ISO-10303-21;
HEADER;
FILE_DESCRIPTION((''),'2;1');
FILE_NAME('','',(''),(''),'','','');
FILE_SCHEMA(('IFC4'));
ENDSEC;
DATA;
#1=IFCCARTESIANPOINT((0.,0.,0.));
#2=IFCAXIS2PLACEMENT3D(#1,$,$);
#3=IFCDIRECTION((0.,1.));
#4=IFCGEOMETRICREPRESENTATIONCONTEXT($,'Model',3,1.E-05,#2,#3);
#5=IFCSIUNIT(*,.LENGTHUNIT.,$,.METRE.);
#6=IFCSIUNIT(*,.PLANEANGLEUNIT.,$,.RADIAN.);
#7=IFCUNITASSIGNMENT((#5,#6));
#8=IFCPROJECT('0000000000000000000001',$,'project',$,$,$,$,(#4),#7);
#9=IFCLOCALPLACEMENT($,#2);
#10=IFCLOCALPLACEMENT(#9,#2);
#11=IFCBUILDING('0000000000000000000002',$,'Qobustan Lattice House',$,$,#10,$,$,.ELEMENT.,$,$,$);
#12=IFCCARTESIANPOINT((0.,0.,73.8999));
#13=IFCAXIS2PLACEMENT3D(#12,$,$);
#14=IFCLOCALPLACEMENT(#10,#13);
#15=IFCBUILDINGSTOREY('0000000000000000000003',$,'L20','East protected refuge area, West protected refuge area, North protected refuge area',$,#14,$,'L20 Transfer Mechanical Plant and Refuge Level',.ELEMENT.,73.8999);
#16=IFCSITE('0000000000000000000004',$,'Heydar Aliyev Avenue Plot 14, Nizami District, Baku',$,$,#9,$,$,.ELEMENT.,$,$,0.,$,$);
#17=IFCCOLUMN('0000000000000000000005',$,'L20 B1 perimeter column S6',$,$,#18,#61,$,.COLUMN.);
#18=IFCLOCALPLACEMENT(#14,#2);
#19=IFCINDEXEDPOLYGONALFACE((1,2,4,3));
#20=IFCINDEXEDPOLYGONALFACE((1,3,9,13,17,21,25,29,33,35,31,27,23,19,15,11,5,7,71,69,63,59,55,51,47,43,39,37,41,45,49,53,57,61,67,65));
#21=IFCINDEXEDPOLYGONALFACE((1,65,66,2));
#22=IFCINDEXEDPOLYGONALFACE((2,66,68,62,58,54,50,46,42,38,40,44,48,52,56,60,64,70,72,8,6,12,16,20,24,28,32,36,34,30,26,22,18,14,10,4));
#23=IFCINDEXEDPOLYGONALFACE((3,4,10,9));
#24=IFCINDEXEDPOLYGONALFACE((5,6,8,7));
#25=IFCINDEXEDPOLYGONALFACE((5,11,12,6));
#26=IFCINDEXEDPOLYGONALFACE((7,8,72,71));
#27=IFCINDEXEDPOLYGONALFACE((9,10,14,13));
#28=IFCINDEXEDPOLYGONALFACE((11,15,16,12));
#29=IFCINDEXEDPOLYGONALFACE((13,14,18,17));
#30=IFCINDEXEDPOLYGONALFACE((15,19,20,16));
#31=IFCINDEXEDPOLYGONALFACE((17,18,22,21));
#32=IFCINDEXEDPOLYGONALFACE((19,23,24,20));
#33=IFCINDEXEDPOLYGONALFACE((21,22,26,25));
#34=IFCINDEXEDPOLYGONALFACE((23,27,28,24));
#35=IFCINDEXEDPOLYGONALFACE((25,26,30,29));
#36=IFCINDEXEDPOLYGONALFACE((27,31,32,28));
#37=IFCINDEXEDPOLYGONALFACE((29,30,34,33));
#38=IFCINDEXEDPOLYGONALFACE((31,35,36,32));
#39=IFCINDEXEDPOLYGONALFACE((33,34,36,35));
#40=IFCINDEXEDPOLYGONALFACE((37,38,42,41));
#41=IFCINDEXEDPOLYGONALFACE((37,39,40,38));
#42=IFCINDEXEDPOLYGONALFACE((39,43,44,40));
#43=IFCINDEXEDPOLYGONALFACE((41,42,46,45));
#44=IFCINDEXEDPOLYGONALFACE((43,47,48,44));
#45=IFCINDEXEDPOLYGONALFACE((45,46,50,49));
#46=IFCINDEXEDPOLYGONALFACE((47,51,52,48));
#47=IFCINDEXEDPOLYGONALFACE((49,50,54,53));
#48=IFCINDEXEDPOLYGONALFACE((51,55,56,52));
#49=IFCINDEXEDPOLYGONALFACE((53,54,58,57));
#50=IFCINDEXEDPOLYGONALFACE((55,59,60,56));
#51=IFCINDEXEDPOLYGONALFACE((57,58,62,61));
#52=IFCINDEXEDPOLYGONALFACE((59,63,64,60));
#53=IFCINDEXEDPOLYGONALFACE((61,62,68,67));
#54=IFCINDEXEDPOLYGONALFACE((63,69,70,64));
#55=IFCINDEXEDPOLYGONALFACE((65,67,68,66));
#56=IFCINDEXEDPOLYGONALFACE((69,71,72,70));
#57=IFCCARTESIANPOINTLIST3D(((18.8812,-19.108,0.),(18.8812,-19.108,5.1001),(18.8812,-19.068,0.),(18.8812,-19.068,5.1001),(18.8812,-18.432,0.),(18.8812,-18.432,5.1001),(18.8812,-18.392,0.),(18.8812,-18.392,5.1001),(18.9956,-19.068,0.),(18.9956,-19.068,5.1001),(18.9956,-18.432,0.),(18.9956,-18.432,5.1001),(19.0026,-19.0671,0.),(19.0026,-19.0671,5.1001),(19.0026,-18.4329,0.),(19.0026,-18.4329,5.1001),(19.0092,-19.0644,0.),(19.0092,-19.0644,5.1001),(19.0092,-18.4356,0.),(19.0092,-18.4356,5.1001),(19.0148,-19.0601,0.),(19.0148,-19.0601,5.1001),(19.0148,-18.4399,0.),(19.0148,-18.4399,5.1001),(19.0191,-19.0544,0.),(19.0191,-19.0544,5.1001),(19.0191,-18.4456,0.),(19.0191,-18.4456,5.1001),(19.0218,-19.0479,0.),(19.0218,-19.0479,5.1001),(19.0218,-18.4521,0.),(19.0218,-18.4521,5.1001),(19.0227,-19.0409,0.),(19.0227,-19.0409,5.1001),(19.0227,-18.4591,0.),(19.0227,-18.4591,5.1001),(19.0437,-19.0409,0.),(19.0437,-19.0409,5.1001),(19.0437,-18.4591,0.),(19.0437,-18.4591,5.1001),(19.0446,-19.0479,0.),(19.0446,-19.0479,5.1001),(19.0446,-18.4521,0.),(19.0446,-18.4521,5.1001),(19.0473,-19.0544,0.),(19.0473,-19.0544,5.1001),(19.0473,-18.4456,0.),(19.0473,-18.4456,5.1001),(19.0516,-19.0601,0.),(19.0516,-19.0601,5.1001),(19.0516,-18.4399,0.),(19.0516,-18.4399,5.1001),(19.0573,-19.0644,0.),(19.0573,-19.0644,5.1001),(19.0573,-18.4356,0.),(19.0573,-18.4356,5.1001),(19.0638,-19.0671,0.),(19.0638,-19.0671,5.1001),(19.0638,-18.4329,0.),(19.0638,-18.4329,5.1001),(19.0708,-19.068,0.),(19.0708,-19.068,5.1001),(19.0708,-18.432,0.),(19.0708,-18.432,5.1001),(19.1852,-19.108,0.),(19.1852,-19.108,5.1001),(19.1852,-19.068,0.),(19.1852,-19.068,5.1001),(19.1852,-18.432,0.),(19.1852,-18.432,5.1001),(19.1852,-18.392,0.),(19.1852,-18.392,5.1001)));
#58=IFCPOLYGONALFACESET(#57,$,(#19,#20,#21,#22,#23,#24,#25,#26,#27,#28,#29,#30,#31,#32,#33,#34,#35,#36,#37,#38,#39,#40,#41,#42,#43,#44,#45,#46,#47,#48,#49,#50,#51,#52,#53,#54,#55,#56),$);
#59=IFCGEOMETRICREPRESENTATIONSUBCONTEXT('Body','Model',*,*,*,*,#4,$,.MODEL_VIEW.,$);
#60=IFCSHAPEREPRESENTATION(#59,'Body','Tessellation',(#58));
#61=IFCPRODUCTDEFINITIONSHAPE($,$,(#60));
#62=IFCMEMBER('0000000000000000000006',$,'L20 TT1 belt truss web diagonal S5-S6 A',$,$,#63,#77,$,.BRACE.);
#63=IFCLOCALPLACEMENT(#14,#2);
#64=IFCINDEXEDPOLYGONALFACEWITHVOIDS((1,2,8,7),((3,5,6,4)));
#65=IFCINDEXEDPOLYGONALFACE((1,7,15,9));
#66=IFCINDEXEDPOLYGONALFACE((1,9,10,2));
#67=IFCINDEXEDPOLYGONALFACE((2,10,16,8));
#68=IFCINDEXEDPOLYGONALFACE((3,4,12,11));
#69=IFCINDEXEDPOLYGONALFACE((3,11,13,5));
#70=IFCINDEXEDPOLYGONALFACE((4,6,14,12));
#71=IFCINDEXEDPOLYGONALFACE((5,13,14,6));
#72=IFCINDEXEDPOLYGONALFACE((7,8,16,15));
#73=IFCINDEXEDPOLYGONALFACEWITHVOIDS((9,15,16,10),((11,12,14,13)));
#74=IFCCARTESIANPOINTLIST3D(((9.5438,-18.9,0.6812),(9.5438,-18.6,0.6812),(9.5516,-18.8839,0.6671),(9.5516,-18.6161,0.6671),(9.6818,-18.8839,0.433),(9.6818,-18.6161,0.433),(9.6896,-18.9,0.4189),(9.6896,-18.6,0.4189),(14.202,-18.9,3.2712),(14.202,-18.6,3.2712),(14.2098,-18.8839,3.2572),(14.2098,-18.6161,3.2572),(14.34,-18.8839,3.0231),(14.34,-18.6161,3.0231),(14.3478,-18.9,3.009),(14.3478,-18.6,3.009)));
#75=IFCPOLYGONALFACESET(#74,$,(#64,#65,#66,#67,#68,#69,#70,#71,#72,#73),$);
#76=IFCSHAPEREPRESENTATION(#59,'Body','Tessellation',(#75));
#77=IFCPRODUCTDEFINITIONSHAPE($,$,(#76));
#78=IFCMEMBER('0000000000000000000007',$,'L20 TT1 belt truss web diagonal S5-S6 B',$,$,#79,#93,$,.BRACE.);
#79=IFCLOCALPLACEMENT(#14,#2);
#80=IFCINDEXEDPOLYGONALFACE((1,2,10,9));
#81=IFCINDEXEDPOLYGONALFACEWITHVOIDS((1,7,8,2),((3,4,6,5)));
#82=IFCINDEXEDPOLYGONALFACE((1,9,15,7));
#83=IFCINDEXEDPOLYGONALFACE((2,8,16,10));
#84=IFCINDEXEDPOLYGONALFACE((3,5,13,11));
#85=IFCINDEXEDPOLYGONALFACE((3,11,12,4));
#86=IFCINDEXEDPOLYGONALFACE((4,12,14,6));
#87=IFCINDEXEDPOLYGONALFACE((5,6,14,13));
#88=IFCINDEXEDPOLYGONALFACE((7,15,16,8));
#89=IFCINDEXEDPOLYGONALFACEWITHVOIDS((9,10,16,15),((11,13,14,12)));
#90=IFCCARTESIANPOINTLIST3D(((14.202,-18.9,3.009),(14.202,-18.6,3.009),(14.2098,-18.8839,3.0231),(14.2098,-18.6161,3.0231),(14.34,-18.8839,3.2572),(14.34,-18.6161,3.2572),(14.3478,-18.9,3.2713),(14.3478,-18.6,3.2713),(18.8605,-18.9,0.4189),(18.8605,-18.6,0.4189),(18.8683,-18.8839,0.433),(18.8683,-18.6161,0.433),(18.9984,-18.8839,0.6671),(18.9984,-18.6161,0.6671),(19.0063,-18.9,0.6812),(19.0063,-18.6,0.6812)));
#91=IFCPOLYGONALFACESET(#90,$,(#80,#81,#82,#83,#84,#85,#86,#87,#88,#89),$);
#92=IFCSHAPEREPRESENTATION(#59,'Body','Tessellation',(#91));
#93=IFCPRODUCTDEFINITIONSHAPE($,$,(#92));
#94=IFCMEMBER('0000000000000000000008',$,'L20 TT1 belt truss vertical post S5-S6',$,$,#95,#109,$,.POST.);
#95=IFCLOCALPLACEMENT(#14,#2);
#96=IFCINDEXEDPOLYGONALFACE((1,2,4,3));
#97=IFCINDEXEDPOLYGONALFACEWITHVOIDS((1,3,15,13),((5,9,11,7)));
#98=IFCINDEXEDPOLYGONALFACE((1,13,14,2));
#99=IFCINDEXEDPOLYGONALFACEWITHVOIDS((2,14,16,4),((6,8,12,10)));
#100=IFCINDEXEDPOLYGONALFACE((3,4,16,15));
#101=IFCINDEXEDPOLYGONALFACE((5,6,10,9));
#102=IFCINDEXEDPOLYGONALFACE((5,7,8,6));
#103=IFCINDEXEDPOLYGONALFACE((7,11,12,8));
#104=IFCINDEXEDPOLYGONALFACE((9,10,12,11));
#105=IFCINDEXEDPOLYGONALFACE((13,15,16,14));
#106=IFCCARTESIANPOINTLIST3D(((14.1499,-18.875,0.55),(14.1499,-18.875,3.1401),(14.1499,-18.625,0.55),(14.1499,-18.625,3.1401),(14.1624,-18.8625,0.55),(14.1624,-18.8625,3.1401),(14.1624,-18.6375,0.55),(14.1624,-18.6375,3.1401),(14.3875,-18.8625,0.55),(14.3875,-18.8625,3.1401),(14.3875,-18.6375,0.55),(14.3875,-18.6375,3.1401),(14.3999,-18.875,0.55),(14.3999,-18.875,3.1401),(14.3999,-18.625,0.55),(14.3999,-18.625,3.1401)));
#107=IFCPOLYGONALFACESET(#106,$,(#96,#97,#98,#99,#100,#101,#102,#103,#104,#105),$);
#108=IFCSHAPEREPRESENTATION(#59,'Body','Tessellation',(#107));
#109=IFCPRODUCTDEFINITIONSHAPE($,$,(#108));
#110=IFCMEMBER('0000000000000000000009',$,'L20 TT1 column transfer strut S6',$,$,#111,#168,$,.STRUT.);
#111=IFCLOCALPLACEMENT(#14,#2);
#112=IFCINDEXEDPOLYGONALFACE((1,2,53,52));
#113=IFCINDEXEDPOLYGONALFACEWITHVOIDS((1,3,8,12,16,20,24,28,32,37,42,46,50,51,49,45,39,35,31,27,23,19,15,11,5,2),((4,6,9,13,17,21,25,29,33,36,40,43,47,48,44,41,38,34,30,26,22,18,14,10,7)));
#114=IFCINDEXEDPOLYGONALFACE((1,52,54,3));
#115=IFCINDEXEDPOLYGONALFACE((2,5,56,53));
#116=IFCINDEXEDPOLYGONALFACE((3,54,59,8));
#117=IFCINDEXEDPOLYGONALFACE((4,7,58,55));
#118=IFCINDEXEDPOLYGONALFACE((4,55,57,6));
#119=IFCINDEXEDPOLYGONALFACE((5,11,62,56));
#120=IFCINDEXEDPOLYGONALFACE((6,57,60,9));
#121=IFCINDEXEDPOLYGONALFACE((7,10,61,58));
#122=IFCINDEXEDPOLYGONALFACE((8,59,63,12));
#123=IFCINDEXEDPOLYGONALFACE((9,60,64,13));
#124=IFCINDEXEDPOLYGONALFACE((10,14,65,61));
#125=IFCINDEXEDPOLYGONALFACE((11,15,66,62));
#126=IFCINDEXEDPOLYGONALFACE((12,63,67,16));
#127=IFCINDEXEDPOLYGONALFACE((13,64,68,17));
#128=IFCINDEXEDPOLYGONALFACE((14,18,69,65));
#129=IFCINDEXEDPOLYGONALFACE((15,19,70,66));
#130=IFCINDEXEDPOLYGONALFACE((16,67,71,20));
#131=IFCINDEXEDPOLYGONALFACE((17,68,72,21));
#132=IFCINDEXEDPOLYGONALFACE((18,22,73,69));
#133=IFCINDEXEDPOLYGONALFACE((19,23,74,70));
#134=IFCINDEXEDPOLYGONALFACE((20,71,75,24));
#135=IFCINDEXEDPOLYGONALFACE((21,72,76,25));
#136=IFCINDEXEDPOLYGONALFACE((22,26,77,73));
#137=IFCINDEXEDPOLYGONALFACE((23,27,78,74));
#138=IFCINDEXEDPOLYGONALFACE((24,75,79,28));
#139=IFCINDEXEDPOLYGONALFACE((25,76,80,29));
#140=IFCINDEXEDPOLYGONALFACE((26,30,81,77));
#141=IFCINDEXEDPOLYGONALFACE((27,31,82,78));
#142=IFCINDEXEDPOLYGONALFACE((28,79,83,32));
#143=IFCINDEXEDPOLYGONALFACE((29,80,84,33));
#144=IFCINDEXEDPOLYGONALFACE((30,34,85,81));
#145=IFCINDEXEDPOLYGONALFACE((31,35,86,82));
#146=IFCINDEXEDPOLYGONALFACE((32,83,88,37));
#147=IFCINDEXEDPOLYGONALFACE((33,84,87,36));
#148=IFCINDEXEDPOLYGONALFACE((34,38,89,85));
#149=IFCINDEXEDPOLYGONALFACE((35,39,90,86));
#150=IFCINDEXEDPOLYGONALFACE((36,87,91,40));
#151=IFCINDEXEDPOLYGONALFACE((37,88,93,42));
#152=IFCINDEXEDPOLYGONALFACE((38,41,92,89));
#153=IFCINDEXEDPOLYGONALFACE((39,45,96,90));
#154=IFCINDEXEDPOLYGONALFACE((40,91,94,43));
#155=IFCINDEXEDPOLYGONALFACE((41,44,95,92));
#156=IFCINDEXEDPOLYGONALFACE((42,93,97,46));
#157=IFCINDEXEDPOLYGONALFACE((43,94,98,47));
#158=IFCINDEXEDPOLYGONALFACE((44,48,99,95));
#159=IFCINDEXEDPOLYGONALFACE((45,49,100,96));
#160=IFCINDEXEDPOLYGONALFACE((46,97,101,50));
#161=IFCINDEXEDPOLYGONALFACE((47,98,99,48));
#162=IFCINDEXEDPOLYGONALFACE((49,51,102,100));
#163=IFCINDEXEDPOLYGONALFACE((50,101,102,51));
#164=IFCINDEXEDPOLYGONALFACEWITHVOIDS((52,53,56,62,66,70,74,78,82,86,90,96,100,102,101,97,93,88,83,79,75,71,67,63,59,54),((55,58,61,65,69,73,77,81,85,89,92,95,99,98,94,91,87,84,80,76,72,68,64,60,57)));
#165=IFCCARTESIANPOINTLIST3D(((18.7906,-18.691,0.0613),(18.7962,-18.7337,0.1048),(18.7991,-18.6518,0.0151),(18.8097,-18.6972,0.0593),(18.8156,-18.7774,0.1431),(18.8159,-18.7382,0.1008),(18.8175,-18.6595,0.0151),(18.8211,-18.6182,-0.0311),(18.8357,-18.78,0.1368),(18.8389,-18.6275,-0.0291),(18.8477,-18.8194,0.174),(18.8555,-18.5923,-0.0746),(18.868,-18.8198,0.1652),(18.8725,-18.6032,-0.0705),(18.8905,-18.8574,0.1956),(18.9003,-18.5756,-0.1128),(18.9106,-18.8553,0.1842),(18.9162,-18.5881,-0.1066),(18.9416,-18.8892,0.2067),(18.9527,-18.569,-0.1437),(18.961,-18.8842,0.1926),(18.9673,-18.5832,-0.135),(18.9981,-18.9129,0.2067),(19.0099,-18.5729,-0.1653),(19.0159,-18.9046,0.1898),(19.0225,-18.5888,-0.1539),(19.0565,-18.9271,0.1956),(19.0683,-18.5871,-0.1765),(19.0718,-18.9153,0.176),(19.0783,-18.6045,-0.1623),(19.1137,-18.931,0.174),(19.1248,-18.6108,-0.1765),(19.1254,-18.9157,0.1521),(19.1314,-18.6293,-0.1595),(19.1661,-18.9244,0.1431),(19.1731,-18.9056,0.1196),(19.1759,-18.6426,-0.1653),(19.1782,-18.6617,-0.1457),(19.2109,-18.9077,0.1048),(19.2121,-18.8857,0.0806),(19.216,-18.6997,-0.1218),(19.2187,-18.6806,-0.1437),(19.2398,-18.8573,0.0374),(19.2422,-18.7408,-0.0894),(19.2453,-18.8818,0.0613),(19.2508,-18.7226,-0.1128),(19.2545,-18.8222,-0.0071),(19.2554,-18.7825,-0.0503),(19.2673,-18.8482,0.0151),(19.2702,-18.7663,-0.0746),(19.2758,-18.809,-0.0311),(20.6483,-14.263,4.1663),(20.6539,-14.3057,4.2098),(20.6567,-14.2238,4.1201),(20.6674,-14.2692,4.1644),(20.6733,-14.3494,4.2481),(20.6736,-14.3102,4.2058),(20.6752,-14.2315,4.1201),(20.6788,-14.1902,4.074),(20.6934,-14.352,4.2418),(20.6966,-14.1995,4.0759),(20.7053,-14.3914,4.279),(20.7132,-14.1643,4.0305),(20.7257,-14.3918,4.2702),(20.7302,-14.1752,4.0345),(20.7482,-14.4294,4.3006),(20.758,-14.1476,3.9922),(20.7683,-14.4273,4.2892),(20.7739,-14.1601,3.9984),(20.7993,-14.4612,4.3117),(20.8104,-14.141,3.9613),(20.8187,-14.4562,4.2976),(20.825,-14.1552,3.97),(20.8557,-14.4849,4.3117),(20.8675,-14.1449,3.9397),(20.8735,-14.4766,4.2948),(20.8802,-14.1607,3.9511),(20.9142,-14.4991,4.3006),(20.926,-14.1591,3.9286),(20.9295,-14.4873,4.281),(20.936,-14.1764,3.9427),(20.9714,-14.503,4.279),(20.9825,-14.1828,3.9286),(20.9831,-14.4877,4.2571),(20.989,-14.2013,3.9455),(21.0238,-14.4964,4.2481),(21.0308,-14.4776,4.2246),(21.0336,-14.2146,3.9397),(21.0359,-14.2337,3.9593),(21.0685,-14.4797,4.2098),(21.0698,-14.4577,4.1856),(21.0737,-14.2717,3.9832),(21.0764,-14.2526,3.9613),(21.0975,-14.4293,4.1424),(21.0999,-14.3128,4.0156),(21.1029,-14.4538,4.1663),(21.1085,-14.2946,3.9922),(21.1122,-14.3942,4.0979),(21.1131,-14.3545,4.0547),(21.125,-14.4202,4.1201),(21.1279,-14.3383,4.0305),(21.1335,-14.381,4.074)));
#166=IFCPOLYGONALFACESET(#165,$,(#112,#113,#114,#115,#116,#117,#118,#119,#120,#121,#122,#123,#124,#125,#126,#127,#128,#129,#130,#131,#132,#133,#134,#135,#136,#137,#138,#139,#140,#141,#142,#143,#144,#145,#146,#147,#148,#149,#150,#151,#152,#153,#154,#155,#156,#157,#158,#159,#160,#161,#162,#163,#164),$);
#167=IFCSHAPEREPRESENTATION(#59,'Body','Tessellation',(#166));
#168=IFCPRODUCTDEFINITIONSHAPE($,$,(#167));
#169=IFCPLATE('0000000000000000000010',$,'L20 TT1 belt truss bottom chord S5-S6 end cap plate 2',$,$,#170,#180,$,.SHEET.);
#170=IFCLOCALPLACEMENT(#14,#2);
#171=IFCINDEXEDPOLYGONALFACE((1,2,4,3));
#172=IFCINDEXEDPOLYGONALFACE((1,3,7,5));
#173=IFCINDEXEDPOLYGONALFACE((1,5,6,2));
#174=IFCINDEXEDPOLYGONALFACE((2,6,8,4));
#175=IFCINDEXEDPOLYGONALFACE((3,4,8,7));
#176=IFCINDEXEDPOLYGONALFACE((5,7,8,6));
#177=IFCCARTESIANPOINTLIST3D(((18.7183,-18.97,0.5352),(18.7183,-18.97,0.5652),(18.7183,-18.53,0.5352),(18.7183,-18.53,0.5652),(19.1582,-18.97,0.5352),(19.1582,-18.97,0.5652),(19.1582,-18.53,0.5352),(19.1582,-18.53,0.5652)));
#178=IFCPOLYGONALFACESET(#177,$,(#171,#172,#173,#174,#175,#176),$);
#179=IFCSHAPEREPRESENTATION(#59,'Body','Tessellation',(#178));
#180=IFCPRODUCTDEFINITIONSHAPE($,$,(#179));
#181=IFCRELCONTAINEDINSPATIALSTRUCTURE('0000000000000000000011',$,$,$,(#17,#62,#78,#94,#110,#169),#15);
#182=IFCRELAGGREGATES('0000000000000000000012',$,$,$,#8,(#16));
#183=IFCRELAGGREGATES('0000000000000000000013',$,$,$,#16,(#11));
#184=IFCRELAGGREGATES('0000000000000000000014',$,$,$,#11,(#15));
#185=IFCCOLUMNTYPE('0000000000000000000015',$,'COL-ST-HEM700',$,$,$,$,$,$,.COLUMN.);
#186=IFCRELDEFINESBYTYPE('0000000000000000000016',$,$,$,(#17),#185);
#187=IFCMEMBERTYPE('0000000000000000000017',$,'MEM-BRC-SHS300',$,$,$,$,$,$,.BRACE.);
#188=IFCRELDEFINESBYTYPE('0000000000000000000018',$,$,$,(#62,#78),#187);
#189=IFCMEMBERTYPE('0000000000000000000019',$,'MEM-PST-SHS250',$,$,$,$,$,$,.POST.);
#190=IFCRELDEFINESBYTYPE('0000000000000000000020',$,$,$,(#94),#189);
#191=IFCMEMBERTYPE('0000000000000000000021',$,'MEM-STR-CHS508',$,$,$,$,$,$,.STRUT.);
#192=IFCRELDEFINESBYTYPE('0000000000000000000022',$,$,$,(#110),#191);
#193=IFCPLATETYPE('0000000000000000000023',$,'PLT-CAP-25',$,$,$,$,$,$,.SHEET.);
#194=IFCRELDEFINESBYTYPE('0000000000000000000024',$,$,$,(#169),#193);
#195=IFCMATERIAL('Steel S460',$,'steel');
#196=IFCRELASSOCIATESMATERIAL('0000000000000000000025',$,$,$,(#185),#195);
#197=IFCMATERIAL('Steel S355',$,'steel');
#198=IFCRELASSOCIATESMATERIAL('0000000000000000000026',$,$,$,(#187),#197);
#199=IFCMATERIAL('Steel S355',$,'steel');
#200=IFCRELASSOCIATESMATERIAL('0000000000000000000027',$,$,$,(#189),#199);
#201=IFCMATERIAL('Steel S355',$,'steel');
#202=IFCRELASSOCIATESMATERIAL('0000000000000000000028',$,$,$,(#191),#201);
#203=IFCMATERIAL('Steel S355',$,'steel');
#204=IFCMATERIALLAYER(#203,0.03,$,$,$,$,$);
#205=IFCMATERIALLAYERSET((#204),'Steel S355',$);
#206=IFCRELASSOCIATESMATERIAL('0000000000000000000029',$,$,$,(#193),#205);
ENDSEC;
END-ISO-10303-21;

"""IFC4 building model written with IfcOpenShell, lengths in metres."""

from ifc_helpers import new_model, si_unit, direction, frame, origin, origin_2d, place, context, subcontext, project, spatial, rectangle, hollow_rectangle, hollow_circle, i_section, extrude, material, layer, layer_set, material_profile, profile_set, type_object, element, save


model = new_model("IFC4")

# Units and contexts
model_context = context("Model", 3, precision=1e-05, world=origin(), true_north=direction((0.0, 1.0)))
body_context = subcontext(model_context, "Body", "Model", "MODEL_VIEW")
ifc_project = project(units=[si_unit("LENGTHUNIT", "METRE"), si_unit("PLANEANGLEUNIT", "RADIAN")], contexts=[model_context])

# Site, building, storey
site_placement = place(None, origin())
site = spatial("IfcSite", under=ifc_project, at=site_placement, Name="Heydar Aliyev Avenue Plot 14, Nizami District, Baku", CompositionType="ELEMENT", RefElevation=0.0)
building_placement = place(site_placement, origin())
building = spatial("IfcBuilding", under=site, at=building_placement, Name="Qobustan Lattice House", CompositionType="ELEMENT")
storey_placement = place(building_placement, frame((0.0, 0.0, 73.8999)))
storey = spatial("IfcBuildingStorey", under=building, at=storey_placement, Name="L20", Description="East protected refuge area, West protected refuge area, North protected refuge area", LongName="L20 Transfer Mechanical Plant and Refuge Level", CompositionType="ELEMENT", Elevation=73.8999)

# Column
ifc_material_1 = material(Name="Steel S460", Category="steel")
ifc_material_profile_1 = material_profile(ifc_material_1, i_section(OverallWidth=0.304, OverallDepth=0.7161, WebThickness=0.021, FlangeThickness=0.04, FilletRadius=0.0271, at=origin_2d()), Name="HEM700")
ifc_profile_set_1 = profile_set([ifc_material_profile_1], Name="Steel S460")
column_type = type_object("IfcColumnType", Name="COL-ST-HEM700", PredefinedType="COLUMN", material=ifc_profile_set_1)
column_placement = place(storey_placement, frame((19.0332, -18.75, 0.0), z_axis=(0.0, 0.0, 1.0), x_axis=(1.0, 0.0, 0.0)))
element("IfcColumn", 1, at=column_placement, inside=storey, type_object=column_type, Name="L20 B1 perimeter column S6", PredefinedType="COLUMN", context=body_context, shape_type="SweptSolid", body=[
    extrude(i_section(OverallWidth=0.304, OverallDepth=0.7161, WebThickness=0.021, FlangeThickness=0.04, FilletRadius=0.0271, at=origin_2d()), origin(), (0.0, 0.0, 1.0), 5.1001),
])

# Members
ifc_material_2 = material(Name="Steel S355", Category="steel")
ifc_material_profile_2 = material_profile(ifc_material_2, hollow_rectangle(XDim=0.3, YDim=0.3, WallThickness=0.0161, at=origin_2d()), Name="SHS300x300x16")
ifc_profile_set_2 = profile_set([ifc_material_profile_2], Name="Steel S355")
member_type_1 = type_object("IfcMemberType", Name="MEM-BRC-SHS300", PredefinedType="BRACE", material=ifc_profile_set_2)
member_1_placement = place(storey_placement, frame((9.6167, -18.75, 0.55), z_axis=(0.873982, 0.0, 0.485958), x_axis=(0.0, 1.0, 0.0)))
element("IfcMember", 2, at=member_1_placement, inside=storey, type_object=member_type_1, Name="L20 TT1 belt truss web diagonal S5-S6 A", PredefinedType="BRACE", context=body_context, shape_type="SweptSolid", body=[
    extrude(hollow_rectangle(XDim=0.3, YDim=0.3, WallThickness=0.0161, at=origin_2d()), origin(), (0.0, 0.0, 1.0), 5.3298),
])
member_2_placement = place(storey_placement, frame((14.2749, -18.75, 3.1401), z_axis=(0.873993, 0.0, -0.485938), x_axis=(0.0, 1.0, 0.0)))
element("IfcMember", 3, at=member_2_placement, inside=storey, type_object=member_type_1, Name="L20 TT1 belt truss web diagonal S5-S6 B", PredefinedType="BRACE", context=body_context, shape_type="SweptSolid", body=[
    extrude(hollow_rectangle(XDim=0.3, YDim=0.3, WallThickness=0.0161, at=origin_2d()), origin(), (0.0, 0.0, 1.0), 5.3301),
])
ifc_material_3 = material(Name="Steel S355", Category="steel")
ifc_material_profile_3 = material_profile(ifc_material_3, hollow_rectangle(XDim=0.25, YDim=0.25, WallThickness=0.0125, at=origin_2d()), Name="SHS250x250x12.5")
ifc_profile_set_3 = profile_set([ifc_material_profile_3], Name="Steel S355")
member_type_2 = type_object("IfcMemberType", Name="MEM-PST-SHS250", PredefinedType="POST", material=ifc_profile_set_3)
member_3_placement = place(storey_placement, frame((14.2749, -18.75, 0.55), z_axis=(0.0, 0.0, 1.0), x_axis=(1.0, 0.0, 0.0)))
element("IfcMember", 4, at=member_3_placement, inside=storey, type_object=member_type_2, Name="L20 TT1 belt truss vertical post S5-S6", PredefinedType="POST", context=body_context, shape_type="SweptSolid", body=[
    extrude(hollow_rectangle(XDim=0.25, YDim=0.25, WallThickness=0.0125, at=origin_2d()), origin(), (0.0, 0.0, 1.0), 2.5901),
])
ifc_material_4 = material(Name="Steel S355", Category="steel")
ifc_material_profile_4 = material_profile(ifc_material_4, hollow_circle(Radius=0.2539, WallThickness=0.02, at=origin_2d()), Name="CHS508x20")
ifc_profile_set_4 = profile_set([ifc_material_profile_4], Name="Steel S355")
member_type_3 = type_object("IfcMemberType", Name="MEM-STR-CHS508", PredefinedType="STRUT", material=ifc_profile_set_4)
member_4_placement = place(storey_placement, frame((19.0332, -18.75, 0.0151), z_axis=(0.294058, 0.700925, 0.649796), x_axis=(-0.922137, 0.386863, 0.0)))
element("IfcMember", 5, at=member_4_placement, inside=storey, type_object=member_type_3, Name="L20 TT1 column transfer strut S6", PredefinedType="STRUT", context=body_context, shape_type="SweptSolid", body=[
    extrude(hollow_circle(Radius=0.2539, WallThickness=0.02, at=origin_2d()), origin(), (0.0, 0.0, 1.0), 6.3174),
])

# Plate
ifc_material_5 = material(Name="Steel S355", Category="steel")
ifc_layer_1 = layer(ifc_material_5, 0.03)
ifc_layer_set_1 = layer_set([ifc_layer_1], Name="Steel S355")
plate_type = type_object("IfcPlateType", Name="PLT-CAP-25", PredefinedType="SHEET", material=ifc_layer_set_1)
plate_1_placement = place(storey_placement, frame((18.9382, -18.75, 0.5352), z_axis=(0.0, 0.0, 1.0), x_axis=(1.0, 0.0, 0.0)))
element("IfcPlate", 6, at=plate_1_placement, inside=storey, type_object=plate_type, Name="L20 TT1 belt truss bottom chord S5-S6 end cap plate 2", PredefinedType="SHEET", context=body_context, shape_type="SweptSolid", body=[
    extrude(rectangle(XDim=0.4399, YDim=0.4399, at=origin_2d()), origin(), (0.0, 0.0, 1.0), 0.03),
])

save(model, "model.ifc")
